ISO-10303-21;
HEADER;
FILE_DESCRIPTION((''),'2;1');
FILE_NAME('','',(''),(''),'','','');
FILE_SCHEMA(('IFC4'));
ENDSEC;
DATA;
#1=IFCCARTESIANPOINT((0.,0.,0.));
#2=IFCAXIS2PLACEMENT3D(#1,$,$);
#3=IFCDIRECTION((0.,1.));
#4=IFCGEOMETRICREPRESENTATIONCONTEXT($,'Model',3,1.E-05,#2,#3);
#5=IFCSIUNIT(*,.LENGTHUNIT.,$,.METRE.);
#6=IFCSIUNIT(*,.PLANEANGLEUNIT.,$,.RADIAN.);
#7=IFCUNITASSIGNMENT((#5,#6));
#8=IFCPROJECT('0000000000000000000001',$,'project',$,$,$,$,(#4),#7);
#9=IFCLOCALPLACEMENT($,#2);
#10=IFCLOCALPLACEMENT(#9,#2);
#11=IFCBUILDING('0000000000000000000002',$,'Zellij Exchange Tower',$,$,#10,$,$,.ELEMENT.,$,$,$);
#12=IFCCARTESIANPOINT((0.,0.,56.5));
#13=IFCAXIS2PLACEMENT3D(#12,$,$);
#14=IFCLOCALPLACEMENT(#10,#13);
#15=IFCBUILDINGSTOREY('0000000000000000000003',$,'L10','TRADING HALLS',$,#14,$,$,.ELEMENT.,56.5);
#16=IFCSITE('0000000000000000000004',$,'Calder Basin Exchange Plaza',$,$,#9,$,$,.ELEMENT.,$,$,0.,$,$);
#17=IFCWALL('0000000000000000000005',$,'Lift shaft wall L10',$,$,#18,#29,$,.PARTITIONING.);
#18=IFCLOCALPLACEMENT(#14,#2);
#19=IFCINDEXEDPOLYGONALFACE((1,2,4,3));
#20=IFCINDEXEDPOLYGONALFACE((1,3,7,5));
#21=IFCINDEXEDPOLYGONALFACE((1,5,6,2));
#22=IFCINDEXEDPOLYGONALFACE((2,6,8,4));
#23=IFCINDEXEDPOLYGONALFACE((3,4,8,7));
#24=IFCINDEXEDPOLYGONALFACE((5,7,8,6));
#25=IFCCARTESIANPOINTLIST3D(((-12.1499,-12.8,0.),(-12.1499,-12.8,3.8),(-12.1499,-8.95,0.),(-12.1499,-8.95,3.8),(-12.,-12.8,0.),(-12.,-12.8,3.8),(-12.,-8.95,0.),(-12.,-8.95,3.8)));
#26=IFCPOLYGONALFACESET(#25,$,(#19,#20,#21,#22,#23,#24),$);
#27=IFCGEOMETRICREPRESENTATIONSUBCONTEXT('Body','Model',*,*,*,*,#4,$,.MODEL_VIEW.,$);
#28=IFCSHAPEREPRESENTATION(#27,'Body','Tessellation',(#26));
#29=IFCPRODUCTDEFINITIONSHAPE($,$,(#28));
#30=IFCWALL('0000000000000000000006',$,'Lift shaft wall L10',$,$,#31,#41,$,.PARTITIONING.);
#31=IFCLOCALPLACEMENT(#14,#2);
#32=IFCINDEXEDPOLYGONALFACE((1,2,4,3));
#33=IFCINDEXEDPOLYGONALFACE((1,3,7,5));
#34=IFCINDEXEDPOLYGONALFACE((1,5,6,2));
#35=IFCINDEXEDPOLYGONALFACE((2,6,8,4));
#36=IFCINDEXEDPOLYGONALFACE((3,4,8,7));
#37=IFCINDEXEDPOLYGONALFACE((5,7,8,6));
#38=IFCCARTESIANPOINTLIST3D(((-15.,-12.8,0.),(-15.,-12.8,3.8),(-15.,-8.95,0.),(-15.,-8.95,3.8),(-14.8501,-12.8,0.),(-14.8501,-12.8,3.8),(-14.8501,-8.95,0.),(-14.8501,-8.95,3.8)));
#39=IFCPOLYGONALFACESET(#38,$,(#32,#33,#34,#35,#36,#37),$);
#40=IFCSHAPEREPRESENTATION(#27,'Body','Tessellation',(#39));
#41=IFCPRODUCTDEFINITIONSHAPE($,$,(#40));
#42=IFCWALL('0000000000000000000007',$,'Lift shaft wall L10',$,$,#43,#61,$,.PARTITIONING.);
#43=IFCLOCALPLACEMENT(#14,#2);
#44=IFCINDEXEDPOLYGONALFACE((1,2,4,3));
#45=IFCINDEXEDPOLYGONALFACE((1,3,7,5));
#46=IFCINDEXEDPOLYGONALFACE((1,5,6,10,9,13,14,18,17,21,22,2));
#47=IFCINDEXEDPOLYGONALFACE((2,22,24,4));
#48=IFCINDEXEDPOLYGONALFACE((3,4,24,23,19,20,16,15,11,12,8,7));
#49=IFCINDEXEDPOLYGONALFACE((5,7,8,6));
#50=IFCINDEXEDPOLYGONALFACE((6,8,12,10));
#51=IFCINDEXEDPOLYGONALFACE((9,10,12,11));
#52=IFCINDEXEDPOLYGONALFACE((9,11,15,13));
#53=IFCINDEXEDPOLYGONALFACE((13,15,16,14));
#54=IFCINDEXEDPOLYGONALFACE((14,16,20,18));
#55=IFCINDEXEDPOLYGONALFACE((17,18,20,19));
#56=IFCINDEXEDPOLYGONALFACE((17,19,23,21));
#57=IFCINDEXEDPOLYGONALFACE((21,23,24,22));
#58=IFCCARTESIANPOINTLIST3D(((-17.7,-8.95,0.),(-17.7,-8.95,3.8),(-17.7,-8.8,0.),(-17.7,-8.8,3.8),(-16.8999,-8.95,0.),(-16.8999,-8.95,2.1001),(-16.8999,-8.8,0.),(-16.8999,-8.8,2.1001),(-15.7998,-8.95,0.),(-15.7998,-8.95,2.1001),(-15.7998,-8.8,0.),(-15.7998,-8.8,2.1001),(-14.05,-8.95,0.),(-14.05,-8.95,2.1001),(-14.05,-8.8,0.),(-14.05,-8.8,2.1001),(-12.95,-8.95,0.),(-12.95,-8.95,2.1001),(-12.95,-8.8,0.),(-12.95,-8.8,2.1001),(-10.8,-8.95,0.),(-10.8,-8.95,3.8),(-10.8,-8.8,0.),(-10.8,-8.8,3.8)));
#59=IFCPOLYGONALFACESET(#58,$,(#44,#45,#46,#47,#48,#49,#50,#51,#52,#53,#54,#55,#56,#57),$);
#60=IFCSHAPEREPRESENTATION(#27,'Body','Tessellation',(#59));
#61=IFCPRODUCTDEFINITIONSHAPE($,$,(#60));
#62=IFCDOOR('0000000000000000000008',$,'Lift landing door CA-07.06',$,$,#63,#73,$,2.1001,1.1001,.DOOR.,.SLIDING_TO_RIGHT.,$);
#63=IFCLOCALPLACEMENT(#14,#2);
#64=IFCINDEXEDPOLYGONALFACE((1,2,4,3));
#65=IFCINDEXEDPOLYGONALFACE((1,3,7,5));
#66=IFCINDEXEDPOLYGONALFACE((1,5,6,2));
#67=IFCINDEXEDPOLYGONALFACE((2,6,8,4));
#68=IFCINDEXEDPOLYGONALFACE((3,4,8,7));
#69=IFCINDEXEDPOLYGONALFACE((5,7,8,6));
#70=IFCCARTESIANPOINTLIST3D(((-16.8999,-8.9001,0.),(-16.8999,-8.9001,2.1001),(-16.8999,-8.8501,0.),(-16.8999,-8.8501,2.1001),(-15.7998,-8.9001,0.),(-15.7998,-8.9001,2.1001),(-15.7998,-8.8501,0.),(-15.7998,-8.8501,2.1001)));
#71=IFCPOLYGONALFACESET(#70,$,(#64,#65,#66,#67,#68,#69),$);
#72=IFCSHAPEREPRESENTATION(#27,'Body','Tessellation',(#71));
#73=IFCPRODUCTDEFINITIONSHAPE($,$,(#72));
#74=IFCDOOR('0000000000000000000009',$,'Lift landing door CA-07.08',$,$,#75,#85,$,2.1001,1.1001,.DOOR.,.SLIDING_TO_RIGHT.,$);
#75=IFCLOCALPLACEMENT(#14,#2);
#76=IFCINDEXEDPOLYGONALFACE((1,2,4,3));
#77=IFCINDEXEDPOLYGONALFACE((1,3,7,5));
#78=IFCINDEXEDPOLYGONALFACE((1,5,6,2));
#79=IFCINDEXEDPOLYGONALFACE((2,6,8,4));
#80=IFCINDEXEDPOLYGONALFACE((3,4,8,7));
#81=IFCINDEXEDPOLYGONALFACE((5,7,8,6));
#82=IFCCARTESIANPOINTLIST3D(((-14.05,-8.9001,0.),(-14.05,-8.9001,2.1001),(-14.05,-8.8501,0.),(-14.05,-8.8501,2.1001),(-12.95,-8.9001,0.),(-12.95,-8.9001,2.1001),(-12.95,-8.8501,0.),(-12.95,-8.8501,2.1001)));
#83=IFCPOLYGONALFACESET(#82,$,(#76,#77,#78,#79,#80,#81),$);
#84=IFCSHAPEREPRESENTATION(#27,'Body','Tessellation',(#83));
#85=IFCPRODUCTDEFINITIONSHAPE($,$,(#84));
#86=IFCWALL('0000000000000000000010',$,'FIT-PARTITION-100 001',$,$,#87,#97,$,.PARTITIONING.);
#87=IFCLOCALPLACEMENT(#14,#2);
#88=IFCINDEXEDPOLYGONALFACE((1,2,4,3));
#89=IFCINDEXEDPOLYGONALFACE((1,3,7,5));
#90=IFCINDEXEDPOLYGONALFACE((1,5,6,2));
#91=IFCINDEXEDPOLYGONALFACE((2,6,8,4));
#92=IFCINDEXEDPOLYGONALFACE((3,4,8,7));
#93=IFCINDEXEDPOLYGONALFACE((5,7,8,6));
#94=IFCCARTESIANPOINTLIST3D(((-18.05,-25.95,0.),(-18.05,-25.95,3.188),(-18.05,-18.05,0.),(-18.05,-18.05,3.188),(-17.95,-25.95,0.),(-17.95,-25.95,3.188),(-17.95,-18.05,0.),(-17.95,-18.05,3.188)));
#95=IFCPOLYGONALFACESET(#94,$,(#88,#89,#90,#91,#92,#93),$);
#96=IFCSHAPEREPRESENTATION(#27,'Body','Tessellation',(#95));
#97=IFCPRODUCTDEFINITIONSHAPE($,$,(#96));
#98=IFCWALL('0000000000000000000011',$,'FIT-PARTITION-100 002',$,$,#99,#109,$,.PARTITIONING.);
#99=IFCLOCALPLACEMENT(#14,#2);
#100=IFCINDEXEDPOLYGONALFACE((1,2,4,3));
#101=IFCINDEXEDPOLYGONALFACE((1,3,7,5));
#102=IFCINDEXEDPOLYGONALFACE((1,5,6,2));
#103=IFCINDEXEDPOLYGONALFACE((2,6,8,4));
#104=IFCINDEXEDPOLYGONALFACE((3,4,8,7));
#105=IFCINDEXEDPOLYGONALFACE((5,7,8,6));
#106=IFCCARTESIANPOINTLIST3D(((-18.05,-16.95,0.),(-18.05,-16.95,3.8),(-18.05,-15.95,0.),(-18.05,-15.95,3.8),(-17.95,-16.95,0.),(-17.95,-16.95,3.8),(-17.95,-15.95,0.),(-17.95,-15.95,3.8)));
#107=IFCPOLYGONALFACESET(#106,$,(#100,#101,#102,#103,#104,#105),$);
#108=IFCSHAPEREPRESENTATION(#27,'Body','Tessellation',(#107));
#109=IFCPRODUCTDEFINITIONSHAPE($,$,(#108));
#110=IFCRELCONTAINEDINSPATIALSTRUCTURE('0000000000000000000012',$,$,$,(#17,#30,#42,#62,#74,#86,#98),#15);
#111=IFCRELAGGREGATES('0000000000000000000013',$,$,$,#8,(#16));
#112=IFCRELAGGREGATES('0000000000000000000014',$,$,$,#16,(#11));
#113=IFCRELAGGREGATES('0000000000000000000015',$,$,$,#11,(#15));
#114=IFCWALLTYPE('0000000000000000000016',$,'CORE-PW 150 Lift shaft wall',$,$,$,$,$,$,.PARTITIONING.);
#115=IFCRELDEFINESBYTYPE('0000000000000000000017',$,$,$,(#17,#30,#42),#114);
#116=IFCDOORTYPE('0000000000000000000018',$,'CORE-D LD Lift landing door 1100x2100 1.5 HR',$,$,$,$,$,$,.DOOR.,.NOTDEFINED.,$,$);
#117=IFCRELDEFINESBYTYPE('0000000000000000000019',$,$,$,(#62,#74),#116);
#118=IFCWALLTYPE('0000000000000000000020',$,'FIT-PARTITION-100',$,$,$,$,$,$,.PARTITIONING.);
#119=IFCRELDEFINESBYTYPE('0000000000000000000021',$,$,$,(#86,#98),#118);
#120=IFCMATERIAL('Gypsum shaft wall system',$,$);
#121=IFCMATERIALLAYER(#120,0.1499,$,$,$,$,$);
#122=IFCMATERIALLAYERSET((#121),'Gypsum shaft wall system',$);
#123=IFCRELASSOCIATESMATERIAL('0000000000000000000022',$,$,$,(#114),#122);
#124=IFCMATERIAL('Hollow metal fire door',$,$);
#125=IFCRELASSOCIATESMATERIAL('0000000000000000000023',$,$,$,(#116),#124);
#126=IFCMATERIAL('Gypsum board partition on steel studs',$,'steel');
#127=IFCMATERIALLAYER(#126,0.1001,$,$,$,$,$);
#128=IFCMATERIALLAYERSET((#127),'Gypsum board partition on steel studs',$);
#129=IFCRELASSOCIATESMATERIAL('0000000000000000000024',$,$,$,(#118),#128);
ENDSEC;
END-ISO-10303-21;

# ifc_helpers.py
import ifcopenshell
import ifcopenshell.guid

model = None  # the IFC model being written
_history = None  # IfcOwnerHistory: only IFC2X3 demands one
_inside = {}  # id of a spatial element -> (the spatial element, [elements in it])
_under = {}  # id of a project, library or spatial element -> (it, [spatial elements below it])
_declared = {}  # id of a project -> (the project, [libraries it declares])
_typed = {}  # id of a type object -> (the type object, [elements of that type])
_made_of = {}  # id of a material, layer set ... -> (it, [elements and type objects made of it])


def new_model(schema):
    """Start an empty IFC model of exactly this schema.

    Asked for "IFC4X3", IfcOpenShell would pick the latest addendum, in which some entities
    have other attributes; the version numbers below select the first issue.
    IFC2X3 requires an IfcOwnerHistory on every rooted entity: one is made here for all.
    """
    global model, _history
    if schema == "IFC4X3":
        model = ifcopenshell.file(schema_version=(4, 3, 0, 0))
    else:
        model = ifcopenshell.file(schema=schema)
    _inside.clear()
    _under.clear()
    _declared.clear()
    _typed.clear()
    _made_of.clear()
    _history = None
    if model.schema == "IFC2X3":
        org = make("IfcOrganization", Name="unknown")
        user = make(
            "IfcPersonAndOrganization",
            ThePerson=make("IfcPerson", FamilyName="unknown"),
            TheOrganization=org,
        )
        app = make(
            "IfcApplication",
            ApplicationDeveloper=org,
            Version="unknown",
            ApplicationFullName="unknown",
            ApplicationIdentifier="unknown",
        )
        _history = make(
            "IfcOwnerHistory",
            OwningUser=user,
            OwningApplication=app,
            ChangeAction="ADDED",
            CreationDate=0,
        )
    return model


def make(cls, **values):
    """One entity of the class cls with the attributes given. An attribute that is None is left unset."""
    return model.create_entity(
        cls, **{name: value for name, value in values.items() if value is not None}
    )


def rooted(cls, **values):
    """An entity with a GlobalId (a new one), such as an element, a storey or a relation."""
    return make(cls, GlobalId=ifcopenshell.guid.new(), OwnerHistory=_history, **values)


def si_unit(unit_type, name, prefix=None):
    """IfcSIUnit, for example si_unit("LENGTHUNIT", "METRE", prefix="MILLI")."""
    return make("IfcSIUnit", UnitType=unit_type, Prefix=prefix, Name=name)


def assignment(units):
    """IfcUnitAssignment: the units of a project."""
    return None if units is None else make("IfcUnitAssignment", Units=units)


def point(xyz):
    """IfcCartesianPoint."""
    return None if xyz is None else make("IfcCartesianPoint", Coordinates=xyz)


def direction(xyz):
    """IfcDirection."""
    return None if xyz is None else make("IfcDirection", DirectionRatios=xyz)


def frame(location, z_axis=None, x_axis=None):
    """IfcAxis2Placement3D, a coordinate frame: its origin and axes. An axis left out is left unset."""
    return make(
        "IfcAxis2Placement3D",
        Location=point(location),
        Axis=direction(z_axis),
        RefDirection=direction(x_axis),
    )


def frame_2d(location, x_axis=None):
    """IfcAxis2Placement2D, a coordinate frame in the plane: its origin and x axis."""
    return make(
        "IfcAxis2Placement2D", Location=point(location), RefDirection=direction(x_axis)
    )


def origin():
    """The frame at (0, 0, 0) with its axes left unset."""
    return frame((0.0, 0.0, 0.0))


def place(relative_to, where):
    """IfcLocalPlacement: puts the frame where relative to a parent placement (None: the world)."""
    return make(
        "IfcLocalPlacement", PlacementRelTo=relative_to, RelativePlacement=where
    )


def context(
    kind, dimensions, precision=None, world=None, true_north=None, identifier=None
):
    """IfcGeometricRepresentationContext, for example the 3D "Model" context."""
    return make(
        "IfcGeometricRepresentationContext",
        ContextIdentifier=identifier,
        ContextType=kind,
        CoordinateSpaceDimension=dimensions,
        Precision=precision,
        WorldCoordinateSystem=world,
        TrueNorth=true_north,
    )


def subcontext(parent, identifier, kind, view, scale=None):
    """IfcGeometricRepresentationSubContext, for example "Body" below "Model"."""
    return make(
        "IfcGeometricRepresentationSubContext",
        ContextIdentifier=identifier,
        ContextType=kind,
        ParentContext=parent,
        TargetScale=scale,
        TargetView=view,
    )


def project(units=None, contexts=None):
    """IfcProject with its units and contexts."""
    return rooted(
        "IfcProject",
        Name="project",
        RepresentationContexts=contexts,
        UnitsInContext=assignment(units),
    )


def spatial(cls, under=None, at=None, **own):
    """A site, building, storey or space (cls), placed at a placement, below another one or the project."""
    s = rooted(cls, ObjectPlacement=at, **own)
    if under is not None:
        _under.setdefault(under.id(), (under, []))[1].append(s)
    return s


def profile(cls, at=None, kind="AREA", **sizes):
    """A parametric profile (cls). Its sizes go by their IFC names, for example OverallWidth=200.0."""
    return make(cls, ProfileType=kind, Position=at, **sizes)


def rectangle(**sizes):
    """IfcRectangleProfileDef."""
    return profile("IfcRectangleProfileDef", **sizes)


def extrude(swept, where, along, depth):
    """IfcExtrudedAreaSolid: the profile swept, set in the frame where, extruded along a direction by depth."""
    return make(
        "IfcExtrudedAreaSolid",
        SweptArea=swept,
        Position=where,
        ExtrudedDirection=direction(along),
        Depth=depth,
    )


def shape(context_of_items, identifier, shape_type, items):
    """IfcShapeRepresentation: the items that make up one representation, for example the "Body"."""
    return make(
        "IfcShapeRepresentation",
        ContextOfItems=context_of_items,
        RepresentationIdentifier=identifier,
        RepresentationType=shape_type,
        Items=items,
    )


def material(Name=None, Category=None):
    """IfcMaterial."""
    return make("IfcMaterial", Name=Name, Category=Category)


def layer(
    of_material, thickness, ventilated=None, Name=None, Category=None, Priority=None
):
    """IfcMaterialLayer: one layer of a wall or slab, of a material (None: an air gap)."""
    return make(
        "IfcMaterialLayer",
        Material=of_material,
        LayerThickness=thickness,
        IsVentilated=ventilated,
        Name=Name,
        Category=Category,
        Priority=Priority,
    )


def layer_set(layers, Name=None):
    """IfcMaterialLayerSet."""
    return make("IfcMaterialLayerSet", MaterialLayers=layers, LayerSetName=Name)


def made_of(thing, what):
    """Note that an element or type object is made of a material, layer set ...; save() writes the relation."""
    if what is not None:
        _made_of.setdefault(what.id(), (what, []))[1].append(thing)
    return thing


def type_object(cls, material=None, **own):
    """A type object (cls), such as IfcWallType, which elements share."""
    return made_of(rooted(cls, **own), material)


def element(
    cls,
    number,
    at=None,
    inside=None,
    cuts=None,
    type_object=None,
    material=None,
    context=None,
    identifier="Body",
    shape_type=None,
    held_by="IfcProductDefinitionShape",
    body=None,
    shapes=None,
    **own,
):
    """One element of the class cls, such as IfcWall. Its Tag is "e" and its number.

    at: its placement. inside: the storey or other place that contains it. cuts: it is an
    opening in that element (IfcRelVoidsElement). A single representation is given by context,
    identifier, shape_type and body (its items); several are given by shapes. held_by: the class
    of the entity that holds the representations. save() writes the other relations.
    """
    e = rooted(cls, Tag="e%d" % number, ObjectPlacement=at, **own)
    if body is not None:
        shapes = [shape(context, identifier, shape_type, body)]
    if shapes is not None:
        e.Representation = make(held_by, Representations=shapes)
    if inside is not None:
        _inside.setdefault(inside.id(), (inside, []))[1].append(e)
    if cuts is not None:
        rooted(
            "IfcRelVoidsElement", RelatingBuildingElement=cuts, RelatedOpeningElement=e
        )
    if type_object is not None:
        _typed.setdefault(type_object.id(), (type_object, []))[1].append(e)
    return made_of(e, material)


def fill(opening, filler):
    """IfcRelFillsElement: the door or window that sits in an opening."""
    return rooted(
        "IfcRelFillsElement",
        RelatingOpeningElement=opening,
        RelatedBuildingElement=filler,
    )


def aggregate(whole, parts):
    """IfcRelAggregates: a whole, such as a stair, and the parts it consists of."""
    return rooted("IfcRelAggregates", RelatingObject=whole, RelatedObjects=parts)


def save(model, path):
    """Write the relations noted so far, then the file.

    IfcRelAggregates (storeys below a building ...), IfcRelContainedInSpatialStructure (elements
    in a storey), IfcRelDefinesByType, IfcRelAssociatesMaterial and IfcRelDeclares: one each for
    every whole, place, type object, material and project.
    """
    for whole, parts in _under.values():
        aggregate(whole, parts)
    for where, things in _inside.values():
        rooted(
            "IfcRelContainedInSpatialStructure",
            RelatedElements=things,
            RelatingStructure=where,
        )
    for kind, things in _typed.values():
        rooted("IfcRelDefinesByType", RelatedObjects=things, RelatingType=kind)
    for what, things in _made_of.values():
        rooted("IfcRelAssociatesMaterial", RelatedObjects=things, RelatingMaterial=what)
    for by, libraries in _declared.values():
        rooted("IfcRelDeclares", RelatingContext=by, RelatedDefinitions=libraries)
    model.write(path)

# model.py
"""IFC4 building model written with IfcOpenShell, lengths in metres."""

from ifc_helpers import new_model, si_unit, direction, frame, frame_2d, origin, place, context, subcontext, project, spatial, rectangle, extrude, material, layer, layer_set, type_object, element, fill, save


model = new_model("IFC4")

# Units and contexts
model_context = context("Model", 3, precision=1e-05, world=origin(), true_north=direction((0.0, 1.0)))
body_context = subcontext(model_context, "Body", "Model", "MODEL_VIEW")
ifc_project = project(units=[si_unit("LENGTHUNIT", "METRE"), si_unit("PLANEANGLEUNIT", "RADIAN")], contexts=[model_context])

# Site, building, storey
site_placement = place(None, origin())
site = spatial("IfcSite", under=ifc_project, at=site_placement, Name="Calder Basin Exchange Plaza", CompositionType="ELEMENT", RefElevation=0.0)
building_placement = place(site_placement, origin())
building = spatial("IfcBuilding", under=site, at=building_placement, Name="Zellij Exchange Tower", CompositionType="ELEMENT")
storey_placement = place(building_placement, frame((0.0, 0.0, 56.5)))
storey = spatial("IfcBuildingStorey", under=building, at=storey_placement, Name="L10", Description="TRADING HALLS", CompositionType="ELEMENT", Elevation=56.5)

# Shared definitions
ifc_material_1 = material(Name="Hollow metal fire door")

# Walls
ifc_material_2 = material(Name="Gypsum shaft wall system")
ifc_layer_1 = layer(ifc_material_2, 0.1499)
ifc_layer_set_1 = layer_set([ifc_layer_1], Name="Gypsum shaft wall system")
wall_type_1 = type_object("IfcWallType", Name="CORE-PW 150 Lift shaft wall", PredefinedType="PARTITIONING", material=ifc_layer_set_1)
for number, where, z_axis, x_axis, name in (
    (1, (-12.075, -12.8, 0.0), (0.0, 0.0, 1.0), (0.0, 1.0, 0.0), "Lift shaft wall L10"),
    (2, (-14.925, -12.8, 0.0), (0.0, 0.0, 1.0), (0.0, 1.0, 0.0), "Lift shaft wall L10"),
):
    element("IfcWall", number, at=place(storey_placement, frame(where, z_axis=z_axis, x_axis=x_axis)), inside=storey, type_object=wall_type_1, Name=name, PredefinedType="PARTITIONING", context=body_context, shape_type="SweptSolid", body=[
        extrude(rectangle(XDim=3.8501, YDim=0.1499, at=frame_2d((1.925, 0.0))), origin(), (0.0, 0.0, 1.0), 3.8),
    ])

# Wall, openings, doors
wall_1_placement = place(storey_placement, frame((-17.7, -8.875, 0.0), z_axis=(0.0, 0.0, 1.0), x_axis=(1.0, 0.0, 0.0)))
wall_1 = element("IfcWall", 3, at=wall_1_placement, inside=storey, type_object=wall_type_1, Name="Lift shaft wall L10", PredefinedType="PARTITIONING", context=body_context, shape_type="SweptSolid", body=[
    extrude(rectangle(XDim=6.8999, YDim=0.1499, at=frame_2d((3.45, 0.0))), origin(), (0.0, 0.0, 1.0), 3.8),
])
opening_1_placement = place(wall_1_placement, frame((0.8, 0.0, 0.0)))
opening_1 = element("IfcOpeningElement", 4, at=opening_1_placement, cuts=wall_1, PredefinedType="OPENING", context=body_context, shape_type="SweptSolid", body=[
    extrude(rectangle(XDim=1.1001, YDim=2.1001, at=frame_2d((0.55, 1.05))), frame((0.0, 0.0869, 0.0), z_axis=(0.0, -1.0, 0.0), x_axis=(1.0, 0.0, 0.0)), (0.0, 0.0, 1.0), 0.1738),
])
opening_2_placement = place(wall_1_placement, frame((3.6499, 0.0, 0.0)))
opening_2 = element("IfcOpeningElement", 5, at=opening_2_placement, cuts=wall_1, PredefinedType="OPENING", context=body_context, shape_type="SweptSolid", body=[
    extrude(rectangle(XDim=1.1001, YDim=2.1001, at=frame_2d((0.55, 1.05))), frame((0.0, 0.0869, 0.0), z_axis=(0.0, -1.0, 0.0), x_axis=(1.0, 0.0, 0.0)), (0.0, 0.0, 1.0), 0.1738),
])
door_type_1 = type_object("IfcDoorType", Name="CORE-D LD Lift landing door 1100x2100 1.5 HR", OperationType="NOTDEFINED", PredefinedType="DOOR", material=ifc_material_1)
door_1_placement = place(opening_1_placement, origin())
door_1 = element("IfcDoor", 6, at=door_1_placement, inside=storey, type_object=door_type_1, Name="Lift landing door CA-07.06", OperationType="SLIDING_TO_RIGHT", OverallHeight=2.1001, OverallWidth=1.1001, PredefinedType="DOOR", context=body_context, shape_type="SweptSolid", body=[
    extrude(rectangle(XDim=1.1001, YDim=2.1001, at=frame_2d((0.55, 1.05))), frame((0.0, 0.0249, 0.0), z_axis=(0.0, -1.0, 0.0), x_axis=(1.0, 0.0, 0.0)), (0.0, 0.0, 1.0), 0.05),
])
fill(opening_1, door_1)
door_2_placement = place(opening_2_placement, origin())
door_2 = element("IfcDoor", 7, at=door_2_placement, inside=storey, type_object=door_type_1, Name="Lift landing door CA-07.08", OperationType="SLIDING_TO_RIGHT", OverallHeight=2.1001, OverallWidth=1.1001, PredefinedType="DOOR", context=body_context, shape_type="SweptSolid", body=[
    extrude(rectangle(XDim=1.1001, YDim=2.1001, at=frame_2d((0.55, 1.05))), frame((0.0, 0.0249, 0.0), z_axis=(0.0, -1.0, 0.0), x_axis=(1.0, 0.0, 0.0)), (0.0, 0.0, 1.0), 0.05),
])
fill(opening_2, door_2)

# Walls
ifc_material_3 = material(Name="Gypsum board partition on steel studs", Category="steel")
ifc_layer_2 = layer(ifc_material_3, 0.1001)
ifc_layer_set_2 = layer_set([ifc_layer_2], Name="Gypsum board partition on steel studs")
wall_type_2 = type_object("IfcWallType", Name="FIT-PARTITION-100", PredefinedType="PARTITIONING", material=ifc_layer_set_2)
wall_2_placement = place(storey_placement, frame((-18.0, -25.95, 0.0), z_axis=(0.0, 0.0, 1.0), x_axis=(0.0, 1.0, 0.0)))
element("IfcWall", 8, at=wall_2_placement, inside=storey, type_object=wall_type_2, Name="FIT-PARTITION-100 001", PredefinedType="PARTITIONING", context=body_context, shape_type="SweptSolid", body=[
    extrude(rectangle(XDim=7.8999, YDim=0.1001, at=frame_2d((3.95, 0.0))), origin(), (0.0, 0.0, 1.0), 3.188),
])
wall_3_placement = place(storey_placement, frame((-18.0, -16.95, 0.0), z_axis=(0.0, 0.0, 1.0), x_axis=(0.0, 1.0, 0.0)))
element("IfcWall", 9, at=wall_3_placement, inside=storey, type_object=wall_type_2, Name="FIT-PARTITION-100 002", PredefinedType="PARTITIONING", context=body_context, shape_type="SweptSolid", body=[
    extrude(rectangle(XDim=1.0, YDim=0.1001, at=frame_2d((0.5, 0.0))), origin(), (0.0, 0.0, 1.0), 3.8),
])

save(model, "model.ifc")
